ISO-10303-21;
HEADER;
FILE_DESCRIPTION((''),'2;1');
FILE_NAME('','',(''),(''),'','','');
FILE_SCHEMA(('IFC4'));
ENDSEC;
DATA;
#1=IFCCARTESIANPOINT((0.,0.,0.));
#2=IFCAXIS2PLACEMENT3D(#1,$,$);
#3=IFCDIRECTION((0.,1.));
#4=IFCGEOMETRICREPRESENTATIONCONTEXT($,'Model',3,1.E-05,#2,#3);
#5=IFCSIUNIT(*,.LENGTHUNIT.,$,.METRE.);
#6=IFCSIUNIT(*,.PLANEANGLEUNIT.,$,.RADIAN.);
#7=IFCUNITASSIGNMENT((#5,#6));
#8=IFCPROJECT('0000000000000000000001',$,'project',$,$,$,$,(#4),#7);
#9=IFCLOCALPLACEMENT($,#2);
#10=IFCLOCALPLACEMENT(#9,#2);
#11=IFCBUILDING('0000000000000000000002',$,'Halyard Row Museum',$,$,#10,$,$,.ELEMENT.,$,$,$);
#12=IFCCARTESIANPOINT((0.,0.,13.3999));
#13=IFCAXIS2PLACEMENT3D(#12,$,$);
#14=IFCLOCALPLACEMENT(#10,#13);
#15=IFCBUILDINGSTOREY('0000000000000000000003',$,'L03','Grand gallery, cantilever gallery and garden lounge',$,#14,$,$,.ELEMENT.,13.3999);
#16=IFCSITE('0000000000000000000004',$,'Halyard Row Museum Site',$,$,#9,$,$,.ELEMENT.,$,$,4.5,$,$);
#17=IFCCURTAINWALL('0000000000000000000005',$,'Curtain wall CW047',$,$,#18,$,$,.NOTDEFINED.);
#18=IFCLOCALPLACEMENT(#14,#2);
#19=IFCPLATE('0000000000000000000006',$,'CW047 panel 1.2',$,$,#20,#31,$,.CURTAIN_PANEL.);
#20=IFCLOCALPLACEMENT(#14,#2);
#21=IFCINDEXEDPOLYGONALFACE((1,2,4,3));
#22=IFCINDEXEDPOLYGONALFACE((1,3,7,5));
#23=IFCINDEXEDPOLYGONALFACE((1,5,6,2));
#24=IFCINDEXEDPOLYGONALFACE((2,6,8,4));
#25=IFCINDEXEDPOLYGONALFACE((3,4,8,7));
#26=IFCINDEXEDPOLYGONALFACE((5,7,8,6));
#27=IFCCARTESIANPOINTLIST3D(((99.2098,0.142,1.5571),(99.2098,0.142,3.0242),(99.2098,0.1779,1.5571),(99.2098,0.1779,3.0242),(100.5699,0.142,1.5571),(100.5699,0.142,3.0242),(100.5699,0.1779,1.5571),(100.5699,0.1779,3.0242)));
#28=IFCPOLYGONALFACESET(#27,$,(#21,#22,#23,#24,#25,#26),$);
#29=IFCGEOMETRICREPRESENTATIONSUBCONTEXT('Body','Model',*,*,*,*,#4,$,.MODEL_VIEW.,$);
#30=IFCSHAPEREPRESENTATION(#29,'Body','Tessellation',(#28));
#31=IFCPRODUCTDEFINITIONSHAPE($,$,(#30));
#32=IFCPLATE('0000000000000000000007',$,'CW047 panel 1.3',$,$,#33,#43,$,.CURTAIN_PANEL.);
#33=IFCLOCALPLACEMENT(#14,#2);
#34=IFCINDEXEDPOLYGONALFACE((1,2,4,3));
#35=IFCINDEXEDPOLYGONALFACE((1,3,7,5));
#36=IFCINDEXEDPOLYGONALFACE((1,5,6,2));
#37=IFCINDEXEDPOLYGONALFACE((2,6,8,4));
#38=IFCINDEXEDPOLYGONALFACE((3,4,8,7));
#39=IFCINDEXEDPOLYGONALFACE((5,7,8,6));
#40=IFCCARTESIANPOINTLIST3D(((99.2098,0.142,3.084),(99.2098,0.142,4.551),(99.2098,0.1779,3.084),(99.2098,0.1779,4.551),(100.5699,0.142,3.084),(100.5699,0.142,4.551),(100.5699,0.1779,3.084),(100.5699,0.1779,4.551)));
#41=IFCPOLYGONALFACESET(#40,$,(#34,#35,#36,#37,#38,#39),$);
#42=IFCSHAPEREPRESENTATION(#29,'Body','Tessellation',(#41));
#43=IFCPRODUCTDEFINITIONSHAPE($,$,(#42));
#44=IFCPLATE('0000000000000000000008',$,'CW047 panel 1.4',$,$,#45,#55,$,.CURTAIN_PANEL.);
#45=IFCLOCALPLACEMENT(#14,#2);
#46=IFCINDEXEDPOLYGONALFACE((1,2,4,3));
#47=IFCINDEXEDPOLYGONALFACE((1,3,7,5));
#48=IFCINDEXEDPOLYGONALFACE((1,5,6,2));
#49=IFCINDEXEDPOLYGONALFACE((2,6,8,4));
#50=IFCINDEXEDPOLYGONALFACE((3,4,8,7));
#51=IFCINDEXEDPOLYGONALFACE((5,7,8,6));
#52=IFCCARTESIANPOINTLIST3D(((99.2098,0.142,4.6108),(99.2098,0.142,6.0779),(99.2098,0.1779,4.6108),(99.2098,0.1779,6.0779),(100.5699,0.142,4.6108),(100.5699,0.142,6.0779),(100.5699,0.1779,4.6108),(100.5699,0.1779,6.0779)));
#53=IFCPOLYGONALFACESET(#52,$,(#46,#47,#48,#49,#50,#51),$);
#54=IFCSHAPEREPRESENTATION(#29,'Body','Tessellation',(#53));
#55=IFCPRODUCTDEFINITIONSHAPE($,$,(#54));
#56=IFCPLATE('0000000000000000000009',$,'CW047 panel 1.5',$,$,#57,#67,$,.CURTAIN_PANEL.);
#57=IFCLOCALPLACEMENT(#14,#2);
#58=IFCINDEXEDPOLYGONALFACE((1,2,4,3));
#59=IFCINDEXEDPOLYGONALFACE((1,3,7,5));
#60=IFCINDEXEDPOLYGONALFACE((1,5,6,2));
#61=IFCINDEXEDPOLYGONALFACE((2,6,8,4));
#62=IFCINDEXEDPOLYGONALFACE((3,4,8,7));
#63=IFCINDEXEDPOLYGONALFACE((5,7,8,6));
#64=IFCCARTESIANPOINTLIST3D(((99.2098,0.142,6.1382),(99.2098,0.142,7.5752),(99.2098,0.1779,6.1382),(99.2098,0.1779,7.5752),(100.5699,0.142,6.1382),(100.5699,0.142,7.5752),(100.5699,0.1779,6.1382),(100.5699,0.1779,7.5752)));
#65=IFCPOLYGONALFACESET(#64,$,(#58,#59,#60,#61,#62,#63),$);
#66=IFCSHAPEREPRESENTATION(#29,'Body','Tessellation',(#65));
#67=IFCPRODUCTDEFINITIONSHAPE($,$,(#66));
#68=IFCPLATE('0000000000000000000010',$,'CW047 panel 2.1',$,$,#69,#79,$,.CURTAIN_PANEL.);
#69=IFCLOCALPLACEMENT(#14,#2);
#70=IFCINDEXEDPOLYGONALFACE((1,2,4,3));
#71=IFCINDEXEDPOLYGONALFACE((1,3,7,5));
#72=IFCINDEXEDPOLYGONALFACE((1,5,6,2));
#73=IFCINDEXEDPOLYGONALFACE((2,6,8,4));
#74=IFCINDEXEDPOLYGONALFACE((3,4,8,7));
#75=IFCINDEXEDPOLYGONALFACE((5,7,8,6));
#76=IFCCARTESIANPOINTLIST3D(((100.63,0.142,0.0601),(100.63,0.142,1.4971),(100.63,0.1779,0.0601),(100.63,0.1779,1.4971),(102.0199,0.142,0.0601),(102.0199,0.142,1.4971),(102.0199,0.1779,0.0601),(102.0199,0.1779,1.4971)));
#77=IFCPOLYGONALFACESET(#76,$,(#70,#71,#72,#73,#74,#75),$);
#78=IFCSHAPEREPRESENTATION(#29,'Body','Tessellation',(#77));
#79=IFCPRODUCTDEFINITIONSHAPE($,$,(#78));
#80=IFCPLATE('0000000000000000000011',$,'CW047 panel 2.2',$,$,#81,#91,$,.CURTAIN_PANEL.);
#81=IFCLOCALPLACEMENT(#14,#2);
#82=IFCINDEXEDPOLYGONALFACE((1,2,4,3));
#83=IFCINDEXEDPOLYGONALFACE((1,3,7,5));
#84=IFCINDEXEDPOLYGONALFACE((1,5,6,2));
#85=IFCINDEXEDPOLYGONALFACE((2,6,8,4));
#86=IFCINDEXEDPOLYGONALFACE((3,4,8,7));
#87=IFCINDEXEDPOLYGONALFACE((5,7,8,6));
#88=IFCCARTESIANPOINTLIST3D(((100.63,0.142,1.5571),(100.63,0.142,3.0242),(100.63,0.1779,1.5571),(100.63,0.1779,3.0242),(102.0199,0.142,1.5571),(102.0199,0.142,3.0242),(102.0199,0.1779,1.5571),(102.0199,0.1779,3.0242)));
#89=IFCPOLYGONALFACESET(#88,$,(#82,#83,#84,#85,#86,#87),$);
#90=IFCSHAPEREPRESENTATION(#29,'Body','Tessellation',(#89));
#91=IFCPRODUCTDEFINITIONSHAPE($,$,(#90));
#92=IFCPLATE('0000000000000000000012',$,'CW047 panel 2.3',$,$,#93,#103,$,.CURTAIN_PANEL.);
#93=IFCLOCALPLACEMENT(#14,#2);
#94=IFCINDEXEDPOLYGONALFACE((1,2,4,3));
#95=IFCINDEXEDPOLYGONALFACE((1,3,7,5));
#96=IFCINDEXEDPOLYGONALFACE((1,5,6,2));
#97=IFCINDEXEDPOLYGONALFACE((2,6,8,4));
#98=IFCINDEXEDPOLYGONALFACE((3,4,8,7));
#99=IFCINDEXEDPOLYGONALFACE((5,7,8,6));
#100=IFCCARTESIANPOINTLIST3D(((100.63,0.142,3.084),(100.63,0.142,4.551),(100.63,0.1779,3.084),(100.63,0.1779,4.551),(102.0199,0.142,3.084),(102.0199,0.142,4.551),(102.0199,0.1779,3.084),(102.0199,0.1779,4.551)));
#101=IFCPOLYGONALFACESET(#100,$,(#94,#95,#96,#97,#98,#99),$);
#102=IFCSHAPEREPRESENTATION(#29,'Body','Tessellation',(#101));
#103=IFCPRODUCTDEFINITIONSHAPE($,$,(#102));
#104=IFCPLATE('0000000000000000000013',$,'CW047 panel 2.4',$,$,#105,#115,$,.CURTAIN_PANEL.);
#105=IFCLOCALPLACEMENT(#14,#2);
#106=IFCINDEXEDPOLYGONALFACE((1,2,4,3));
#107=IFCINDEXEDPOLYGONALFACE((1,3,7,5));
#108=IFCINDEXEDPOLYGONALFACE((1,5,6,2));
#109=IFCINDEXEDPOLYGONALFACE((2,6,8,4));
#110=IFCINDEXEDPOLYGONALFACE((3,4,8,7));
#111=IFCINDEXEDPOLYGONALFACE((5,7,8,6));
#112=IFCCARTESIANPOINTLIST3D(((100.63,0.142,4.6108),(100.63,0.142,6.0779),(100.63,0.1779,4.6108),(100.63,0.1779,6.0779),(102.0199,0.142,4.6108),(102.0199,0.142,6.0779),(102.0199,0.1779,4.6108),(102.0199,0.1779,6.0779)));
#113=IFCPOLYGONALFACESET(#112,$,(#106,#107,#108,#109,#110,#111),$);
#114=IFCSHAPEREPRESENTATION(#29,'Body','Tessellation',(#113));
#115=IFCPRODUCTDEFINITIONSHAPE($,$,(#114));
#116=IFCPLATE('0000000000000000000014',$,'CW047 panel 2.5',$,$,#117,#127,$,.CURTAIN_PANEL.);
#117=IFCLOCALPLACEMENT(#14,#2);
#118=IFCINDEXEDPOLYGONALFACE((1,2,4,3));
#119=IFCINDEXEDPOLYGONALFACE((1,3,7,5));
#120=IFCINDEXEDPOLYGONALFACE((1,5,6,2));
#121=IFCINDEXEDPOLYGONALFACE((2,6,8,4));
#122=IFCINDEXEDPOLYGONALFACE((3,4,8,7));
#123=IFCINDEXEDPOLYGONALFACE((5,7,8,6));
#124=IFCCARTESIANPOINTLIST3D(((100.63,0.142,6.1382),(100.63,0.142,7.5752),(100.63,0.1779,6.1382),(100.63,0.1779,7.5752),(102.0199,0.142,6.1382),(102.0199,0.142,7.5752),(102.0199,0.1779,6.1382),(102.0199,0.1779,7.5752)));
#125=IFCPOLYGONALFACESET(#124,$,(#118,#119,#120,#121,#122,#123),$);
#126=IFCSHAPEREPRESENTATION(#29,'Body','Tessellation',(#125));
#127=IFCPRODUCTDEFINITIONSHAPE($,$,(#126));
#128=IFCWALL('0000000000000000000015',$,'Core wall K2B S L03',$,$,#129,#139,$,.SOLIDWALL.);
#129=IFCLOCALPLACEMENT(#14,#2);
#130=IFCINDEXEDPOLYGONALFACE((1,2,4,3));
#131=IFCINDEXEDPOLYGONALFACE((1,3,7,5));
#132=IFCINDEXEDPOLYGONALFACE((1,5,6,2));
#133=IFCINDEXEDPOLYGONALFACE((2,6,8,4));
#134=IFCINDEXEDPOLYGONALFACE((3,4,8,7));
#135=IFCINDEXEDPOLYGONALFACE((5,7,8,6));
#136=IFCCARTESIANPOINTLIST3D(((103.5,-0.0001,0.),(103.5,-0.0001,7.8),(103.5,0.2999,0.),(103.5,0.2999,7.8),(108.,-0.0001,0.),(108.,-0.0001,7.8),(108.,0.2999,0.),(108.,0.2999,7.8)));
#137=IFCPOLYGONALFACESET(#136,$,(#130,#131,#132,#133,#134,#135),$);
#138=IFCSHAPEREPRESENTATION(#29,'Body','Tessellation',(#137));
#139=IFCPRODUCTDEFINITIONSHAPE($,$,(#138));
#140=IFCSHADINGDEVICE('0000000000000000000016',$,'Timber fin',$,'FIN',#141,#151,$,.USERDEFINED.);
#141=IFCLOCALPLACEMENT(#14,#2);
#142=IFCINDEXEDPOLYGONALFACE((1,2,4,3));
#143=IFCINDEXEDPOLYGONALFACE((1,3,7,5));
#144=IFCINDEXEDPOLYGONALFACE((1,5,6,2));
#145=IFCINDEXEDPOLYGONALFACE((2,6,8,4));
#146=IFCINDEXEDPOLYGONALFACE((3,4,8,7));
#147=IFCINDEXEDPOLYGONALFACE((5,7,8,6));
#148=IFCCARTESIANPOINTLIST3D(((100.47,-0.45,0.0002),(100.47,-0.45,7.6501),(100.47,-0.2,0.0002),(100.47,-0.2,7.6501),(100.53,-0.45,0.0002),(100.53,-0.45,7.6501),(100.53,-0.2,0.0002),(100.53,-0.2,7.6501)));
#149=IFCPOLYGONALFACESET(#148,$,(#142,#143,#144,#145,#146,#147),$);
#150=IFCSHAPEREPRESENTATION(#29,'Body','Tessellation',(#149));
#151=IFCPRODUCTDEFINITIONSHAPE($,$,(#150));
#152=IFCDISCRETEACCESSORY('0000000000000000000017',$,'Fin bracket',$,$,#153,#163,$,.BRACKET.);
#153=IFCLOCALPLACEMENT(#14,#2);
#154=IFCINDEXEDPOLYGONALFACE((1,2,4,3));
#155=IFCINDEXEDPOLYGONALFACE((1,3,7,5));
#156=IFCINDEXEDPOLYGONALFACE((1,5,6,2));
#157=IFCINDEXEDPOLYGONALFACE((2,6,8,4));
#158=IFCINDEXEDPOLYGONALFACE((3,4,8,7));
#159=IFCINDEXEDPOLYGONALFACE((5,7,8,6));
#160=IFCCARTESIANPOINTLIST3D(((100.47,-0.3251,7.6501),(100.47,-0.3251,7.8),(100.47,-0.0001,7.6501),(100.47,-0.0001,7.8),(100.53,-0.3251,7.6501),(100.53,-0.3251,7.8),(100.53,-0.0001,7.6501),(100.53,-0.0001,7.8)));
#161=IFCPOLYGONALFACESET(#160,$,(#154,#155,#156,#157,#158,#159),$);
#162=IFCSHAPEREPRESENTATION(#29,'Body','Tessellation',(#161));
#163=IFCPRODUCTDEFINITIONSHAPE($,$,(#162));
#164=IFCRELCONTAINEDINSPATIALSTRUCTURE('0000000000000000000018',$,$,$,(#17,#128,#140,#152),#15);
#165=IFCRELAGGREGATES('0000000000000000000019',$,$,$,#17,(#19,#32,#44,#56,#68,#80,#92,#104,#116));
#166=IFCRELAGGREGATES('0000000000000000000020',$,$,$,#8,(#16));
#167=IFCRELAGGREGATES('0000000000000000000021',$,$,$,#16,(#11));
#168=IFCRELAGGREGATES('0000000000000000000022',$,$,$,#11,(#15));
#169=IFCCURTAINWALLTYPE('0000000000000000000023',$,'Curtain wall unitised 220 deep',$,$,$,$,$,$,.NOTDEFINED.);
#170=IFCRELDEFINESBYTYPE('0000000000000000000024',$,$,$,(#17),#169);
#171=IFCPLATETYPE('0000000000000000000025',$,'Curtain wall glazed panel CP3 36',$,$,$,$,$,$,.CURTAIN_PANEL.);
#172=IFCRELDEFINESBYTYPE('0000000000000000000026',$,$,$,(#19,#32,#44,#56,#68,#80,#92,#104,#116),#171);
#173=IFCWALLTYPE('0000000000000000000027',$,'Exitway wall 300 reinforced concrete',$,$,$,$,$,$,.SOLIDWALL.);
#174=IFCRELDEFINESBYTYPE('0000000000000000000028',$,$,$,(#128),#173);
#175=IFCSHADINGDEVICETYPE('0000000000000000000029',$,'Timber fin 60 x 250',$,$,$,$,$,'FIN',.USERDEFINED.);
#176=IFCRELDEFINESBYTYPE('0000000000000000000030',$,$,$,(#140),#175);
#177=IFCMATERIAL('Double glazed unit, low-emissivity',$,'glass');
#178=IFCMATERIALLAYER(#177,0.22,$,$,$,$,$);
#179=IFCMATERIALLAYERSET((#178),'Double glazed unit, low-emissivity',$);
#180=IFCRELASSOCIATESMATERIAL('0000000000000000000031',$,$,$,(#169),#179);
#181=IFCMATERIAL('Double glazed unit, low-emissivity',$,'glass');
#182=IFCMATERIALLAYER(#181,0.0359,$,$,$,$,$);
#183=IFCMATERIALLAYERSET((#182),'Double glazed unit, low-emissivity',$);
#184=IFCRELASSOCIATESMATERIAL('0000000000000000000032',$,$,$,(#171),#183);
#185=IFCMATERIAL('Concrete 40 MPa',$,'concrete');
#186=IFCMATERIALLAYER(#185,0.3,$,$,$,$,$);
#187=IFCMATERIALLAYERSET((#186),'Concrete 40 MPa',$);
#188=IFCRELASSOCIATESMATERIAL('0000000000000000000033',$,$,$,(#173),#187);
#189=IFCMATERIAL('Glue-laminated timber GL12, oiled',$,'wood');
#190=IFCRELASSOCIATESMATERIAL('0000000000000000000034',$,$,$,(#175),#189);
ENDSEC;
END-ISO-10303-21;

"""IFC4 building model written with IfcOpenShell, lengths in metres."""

from ifc_helpers import new_model, si_unit, direction, frame, frame_2d, origin, origin_2d, place, context, subcontext, project, spatial, rectangle, extrude, material, layer, layer_set, type_object, element, aggregate, save


model = new_model("IFC4")

# Units and contexts
model_context = context("Model", 3, precision=1e-05, world=origin(), true_north=direction((0.0, 1.0)))
body_context = subcontext(model_context, "Body", "Model", "MODEL_VIEW")
ifc_project = project(units=[si_unit("LENGTHUNIT", "METRE"), si_unit("PLANEANGLEUNIT", "RADIAN")], contexts=[model_context])

# Site, building, storey
site_placement = place(None, origin())
site = spatial("IfcSite", under=ifc_project, at=site_placement, Name="Halyard Row Museum Site", CompositionType="ELEMENT", RefElevation=4.5)
building_placement = place(site_placement, origin())
building = spatial("IfcBuilding", under=site, at=building_placement, Name="Halyard Row Museum", CompositionType="ELEMENT")
storey_placement = place(building_placement, frame((0.0, 0.0, 13.3999)))
storey = spatial("IfcBuildingStorey", under=building, at=storey_placement, Name="L03", Description="Grand gallery, cantilever gallery and garden lounge", CompositionType="ELEMENT", Elevation=13.3999)

# Curtain wall
ifc_material_1 = material(Name="Double glazed unit, low-emissivity", Category="glass")
ifc_layer_1 = layer(ifc_material_1, 0.22)
ifc_layer_set_1 = layer_set([ifc_layer_1], Name="Double glazed unit, low-emissivity")
curtain_wall_type = type_object("IfcCurtainWallType", Name="Curtain wall unitised 220 deep", PredefinedType="NOTDEFINED", material=ifc_layer_set_1)
curtain_wall_placement = place(storey_placement, origin())
curtain_wall = element("IfcCurtainWall", 1, at=curtain_wall_placement, inside=storey, type_object=curtain_wall_type, Name="Curtain wall CW047", PredefinedType="NOTDEFINED")

# Plates
ifc_material_2 = material(Name="Double glazed unit, low-emissivity", Category="glass")
ifc_layer_2 = layer(ifc_material_2, 0.0359)
ifc_layer_set_2 = layer_set([ifc_layer_2], Name="Double glazed unit, low-emissivity")
plate_type = type_object("IfcPlateType", Name="Curtain wall glazed panel CP3 36", PredefinedType="CURTAIN_PANEL", material=ifc_layer_set_2)
plate_1_placement = place(storey_placement, frame((99.8899, 0.1599, 1.5571), z_axis=(0.0, 0.0, 1.0), x_axis=(1.0, 0.0, 0.0)))
plate_1 = element("IfcPlate", 2, at=plate_1_placement, type_object=plate_type, Name="CW047 panel 1.2", PredefinedType="CURTAIN_PANEL", context=body_context, shape_type="SweptSolid", body=[
    extrude(rectangle(XDim=1.3601, YDim=0.0359, at=origin_2d()), origin(), (0.0, 0.0, 1.0), 1.467),
])
plate_2_placement = place(storey_placement, frame((99.8899, 0.1599, 3.084), z_axis=(0.0, 0.0, 1.0), x_axis=(1.0, 0.0, 0.0)))
plate_2 = element("IfcPlate", 3, at=plate_2_placement, type_object=plate_type, Name="CW047 panel 1.3", PredefinedType="CURTAIN_PANEL", context=body_context, shape_type="SweptSolid", body=[
    extrude(rectangle(XDim=1.3601, YDim=0.0359, at=origin_2d()), origin(), (0.0, 0.0, 1.0), 1.467),
])
plate_3_placement = place(storey_placement, frame((99.8899, 0.1599, 4.6108), z_axis=(0.0, 0.0, 1.0), x_axis=(1.0, 0.0, 0.0)))
plate_3 = element("IfcPlate", 4, at=plate_3_placement, type_object=plate_type, Name="CW047 panel 1.4", PredefinedType="CURTAIN_PANEL", context=body_context, shape_type="SweptSolid", body=[
    extrude(rectangle(XDim=1.3601, YDim=0.0359, at=origin_2d()), origin(), (0.0, 0.0, 1.0), 1.467),
])
plate_4_placement = place(storey_placement, frame((99.8899, 0.1599, 6.1382), z_axis=(0.0, 0.0, 1.0), x_axis=(1.0, 0.0, 0.0)))
plate_4 = element("IfcPlate", 5, at=plate_4_placement, type_object=plate_type, Name="CW047 panel 1.5", PredefinedType="CURTAIN_PANEL", context=body_context, shape_type="SweptSolid", body=[
    extrude(rectangle(XDim=1.3601, YDim=0.0359, at=origin_2d()), origin(), (0.0, 0.0, 1.0), 1.437),
])
plate_5_placement = place(storey_placement, frame((101.325, 0.1599, 0.0601), z_axis=(0.0, 0.0, 1.0), x_axis=(1.0, 0.0, 0.0)))
plate_5 = element("IfcPlate", 6, at=plate_5_placement, type_object=plate_type, Name="CW047 panel 2.1", PredefinedType="CURTAIN_PANEL", context=body_context, shape_type="SweptSolid", body=[
    extrude(rectangle(XDim=1.3899, YDim=0.0359, at=origin_2d()), origin(), (0.0, 0.0, 1.0), 1.437),
])
plate_6_placement = place(storey_placement, frame((101.325, 0.1599, 1.5571), z_axis=(0.0, 0.0, 1.0), x_axis=(1.0, 0.0, 0.0)))
plate_6 = element("IfcPlate", 7, at=plate_6_placement, type_object=plate_type, Name="CW047 panel 2.2", PredefinedType="CURTAIN_PANEL", context=body_context, shape_type="SweptSolid", body=[
    extrude(rectangle(XDim=1.3899, YDim=0.0359, at=origin_2d()), origin(), (0.0, 0.0, 1.0), 1.467),
])
plate_7_placement = place(storey_placement, frame((101.325, 0.1599, 3.084), z_axis=(0.0, 0.0, 1.0), x_axis=(1.0, 0.0, 0.0)))
plate_7 = element("IfcPlate", 8, at=plate_7_placement, type_object=plate_type, Name="CW047 panel 2.3", PredefinedType="CURTAIN_PANEL", context=body_context, shape_type="SweptSolid", body=[
    extrude(rectangle(XDim=1.3899, YDim=0.0359, at=origin_2d()), origin(), (0.0, 0.0, 1.0), 1.467),
])
plate_8_placement = place(storey_placement, frame((101.325, 0.1599, 4.6108), z_axis=(0.0, 0.0, 1.0), x_axis=(1.0, 0.0, 0.0)))
plate_8 = element("IfcPlate", 9, at=plate_8_placement, type_object=plate_type, Name="CW047 panel 2.4", PredefinedType="CURTAIN_PANEL", context=body_context, shape_type="SweptSolid", body=[
    extrude(rectangle(XDim=1.3899, YDim=0.0359, at=origin_2d()), origin(), (0.0, 0.0, 1.0), 1.467),
])
plate_9_placement = place(storey_placement, frame((101.325, 0.1599, 6.1382), z_axis=(0.0, 0.0, 1.0), x_axis=(1.0, 0.0, 0.0)))
plate_9 = element("IfcPlate", 10, at=plate_9_placement, type_object=plate_type, Name="CW047 panel 2.5", PredefinedType="CURTAIN_PANEL", context=body_context, shape_type="SweptSolid", body=[
    extrude(rectangle(XDim=1.3899, YDim=0.0359, at=origin_2d()), origin(), (0.0, 0.0, 1.0), 1.437),
])
aggregate(curtain_wall, [plate_1, plate_2, plate_3, plate_4, plate_5, plate_6, plate_7, plate_8, plate_9])

# Wall
ifc_material_3 = material(Name="Concrete 40 MPa", Category="concrete")
ifc_layer_3 = layer(ifc_material_3, 0.3)
ifc_layer_set_3 = layer_set([ifc_layer_3], Name="Concrete 40 MPa")
wall_type = type_object("IfcWallType", Name="Exitway wall 300 reinforced concrete", PredefinedType="SOLIDWALL", material=ifc_layer_set_3)
wall_placement = place(storey_placement, frame((103.5, 0.1499, 0.0), z_axis=(0.0, 0.0, 1.0), x_axis=(1.0, 0.0, 0.0)))
element("IfcWall", 11, at=wall_placement, inside=storey, type_object=wall_type, Name="Core wall K2B S L03", PredefinedType="SOLIDWALL", context=body_context, shape_type="SweptSolid", body=[
    extrude(rectangle(XDim=4.5, YDim=0.3, at=frame_2d((2.25, 0.0))), origin(), (0.0, 0.0, 1.0), 7.8),
])

# Shading device
ifc_material_4 = material(Name="Glue-laminated timber GL12, oiled", Category="wood")
shading_device_type = type_object("IfcShadingDeviceType", Name="Timber fin 60 x 250", ElementType="FIN", PredefinedType="USERDEFINED", material=ifc_material_4)
shading_device_placement = place(storey_placement, frame((100.5, -0.325, 0.0002), z_axis=(0.0, 0.0, 1.0), x_axis=(1.0, 0.0, 0.0)))
element("IfcShadingDevice", 12, at=shading_device_placement, inside=storey, type_object=shading_device_type, Name="Timber fin", ObjectType="FIN", PredefinedType="USERDEFINED", context=body_context, shape_type="SweptSolid", body=[
    extrude(rectangle(XDim=0.0601, YDim=0.25, at=origin_2d()), origin(), (0.0, 0.0, 1.0), 7.6499),
])

# Discrete accessory
discrete_accessory_placement = place(storey_placement, frame((100.5, -0.1626, 7.6501), z_axis=(0.0, 0.0, 1.0), x_axis=(1.0, 0.0, 0.0)))
element("IfcDiscreteAccessory", 13, at=discrete_accessory_placement, inside=storey, Name="Fin bracket", PredefinedType="BRACKET", context=body_context, shape_type="SweptSolid", body=[
    extrude(rectangle(XDim=0.0601, YDim=0.325, at=origin_2d()), origin(), (0.0, 0.0, 1.0), 0.1499),
])

save(model, "model.ifc")
